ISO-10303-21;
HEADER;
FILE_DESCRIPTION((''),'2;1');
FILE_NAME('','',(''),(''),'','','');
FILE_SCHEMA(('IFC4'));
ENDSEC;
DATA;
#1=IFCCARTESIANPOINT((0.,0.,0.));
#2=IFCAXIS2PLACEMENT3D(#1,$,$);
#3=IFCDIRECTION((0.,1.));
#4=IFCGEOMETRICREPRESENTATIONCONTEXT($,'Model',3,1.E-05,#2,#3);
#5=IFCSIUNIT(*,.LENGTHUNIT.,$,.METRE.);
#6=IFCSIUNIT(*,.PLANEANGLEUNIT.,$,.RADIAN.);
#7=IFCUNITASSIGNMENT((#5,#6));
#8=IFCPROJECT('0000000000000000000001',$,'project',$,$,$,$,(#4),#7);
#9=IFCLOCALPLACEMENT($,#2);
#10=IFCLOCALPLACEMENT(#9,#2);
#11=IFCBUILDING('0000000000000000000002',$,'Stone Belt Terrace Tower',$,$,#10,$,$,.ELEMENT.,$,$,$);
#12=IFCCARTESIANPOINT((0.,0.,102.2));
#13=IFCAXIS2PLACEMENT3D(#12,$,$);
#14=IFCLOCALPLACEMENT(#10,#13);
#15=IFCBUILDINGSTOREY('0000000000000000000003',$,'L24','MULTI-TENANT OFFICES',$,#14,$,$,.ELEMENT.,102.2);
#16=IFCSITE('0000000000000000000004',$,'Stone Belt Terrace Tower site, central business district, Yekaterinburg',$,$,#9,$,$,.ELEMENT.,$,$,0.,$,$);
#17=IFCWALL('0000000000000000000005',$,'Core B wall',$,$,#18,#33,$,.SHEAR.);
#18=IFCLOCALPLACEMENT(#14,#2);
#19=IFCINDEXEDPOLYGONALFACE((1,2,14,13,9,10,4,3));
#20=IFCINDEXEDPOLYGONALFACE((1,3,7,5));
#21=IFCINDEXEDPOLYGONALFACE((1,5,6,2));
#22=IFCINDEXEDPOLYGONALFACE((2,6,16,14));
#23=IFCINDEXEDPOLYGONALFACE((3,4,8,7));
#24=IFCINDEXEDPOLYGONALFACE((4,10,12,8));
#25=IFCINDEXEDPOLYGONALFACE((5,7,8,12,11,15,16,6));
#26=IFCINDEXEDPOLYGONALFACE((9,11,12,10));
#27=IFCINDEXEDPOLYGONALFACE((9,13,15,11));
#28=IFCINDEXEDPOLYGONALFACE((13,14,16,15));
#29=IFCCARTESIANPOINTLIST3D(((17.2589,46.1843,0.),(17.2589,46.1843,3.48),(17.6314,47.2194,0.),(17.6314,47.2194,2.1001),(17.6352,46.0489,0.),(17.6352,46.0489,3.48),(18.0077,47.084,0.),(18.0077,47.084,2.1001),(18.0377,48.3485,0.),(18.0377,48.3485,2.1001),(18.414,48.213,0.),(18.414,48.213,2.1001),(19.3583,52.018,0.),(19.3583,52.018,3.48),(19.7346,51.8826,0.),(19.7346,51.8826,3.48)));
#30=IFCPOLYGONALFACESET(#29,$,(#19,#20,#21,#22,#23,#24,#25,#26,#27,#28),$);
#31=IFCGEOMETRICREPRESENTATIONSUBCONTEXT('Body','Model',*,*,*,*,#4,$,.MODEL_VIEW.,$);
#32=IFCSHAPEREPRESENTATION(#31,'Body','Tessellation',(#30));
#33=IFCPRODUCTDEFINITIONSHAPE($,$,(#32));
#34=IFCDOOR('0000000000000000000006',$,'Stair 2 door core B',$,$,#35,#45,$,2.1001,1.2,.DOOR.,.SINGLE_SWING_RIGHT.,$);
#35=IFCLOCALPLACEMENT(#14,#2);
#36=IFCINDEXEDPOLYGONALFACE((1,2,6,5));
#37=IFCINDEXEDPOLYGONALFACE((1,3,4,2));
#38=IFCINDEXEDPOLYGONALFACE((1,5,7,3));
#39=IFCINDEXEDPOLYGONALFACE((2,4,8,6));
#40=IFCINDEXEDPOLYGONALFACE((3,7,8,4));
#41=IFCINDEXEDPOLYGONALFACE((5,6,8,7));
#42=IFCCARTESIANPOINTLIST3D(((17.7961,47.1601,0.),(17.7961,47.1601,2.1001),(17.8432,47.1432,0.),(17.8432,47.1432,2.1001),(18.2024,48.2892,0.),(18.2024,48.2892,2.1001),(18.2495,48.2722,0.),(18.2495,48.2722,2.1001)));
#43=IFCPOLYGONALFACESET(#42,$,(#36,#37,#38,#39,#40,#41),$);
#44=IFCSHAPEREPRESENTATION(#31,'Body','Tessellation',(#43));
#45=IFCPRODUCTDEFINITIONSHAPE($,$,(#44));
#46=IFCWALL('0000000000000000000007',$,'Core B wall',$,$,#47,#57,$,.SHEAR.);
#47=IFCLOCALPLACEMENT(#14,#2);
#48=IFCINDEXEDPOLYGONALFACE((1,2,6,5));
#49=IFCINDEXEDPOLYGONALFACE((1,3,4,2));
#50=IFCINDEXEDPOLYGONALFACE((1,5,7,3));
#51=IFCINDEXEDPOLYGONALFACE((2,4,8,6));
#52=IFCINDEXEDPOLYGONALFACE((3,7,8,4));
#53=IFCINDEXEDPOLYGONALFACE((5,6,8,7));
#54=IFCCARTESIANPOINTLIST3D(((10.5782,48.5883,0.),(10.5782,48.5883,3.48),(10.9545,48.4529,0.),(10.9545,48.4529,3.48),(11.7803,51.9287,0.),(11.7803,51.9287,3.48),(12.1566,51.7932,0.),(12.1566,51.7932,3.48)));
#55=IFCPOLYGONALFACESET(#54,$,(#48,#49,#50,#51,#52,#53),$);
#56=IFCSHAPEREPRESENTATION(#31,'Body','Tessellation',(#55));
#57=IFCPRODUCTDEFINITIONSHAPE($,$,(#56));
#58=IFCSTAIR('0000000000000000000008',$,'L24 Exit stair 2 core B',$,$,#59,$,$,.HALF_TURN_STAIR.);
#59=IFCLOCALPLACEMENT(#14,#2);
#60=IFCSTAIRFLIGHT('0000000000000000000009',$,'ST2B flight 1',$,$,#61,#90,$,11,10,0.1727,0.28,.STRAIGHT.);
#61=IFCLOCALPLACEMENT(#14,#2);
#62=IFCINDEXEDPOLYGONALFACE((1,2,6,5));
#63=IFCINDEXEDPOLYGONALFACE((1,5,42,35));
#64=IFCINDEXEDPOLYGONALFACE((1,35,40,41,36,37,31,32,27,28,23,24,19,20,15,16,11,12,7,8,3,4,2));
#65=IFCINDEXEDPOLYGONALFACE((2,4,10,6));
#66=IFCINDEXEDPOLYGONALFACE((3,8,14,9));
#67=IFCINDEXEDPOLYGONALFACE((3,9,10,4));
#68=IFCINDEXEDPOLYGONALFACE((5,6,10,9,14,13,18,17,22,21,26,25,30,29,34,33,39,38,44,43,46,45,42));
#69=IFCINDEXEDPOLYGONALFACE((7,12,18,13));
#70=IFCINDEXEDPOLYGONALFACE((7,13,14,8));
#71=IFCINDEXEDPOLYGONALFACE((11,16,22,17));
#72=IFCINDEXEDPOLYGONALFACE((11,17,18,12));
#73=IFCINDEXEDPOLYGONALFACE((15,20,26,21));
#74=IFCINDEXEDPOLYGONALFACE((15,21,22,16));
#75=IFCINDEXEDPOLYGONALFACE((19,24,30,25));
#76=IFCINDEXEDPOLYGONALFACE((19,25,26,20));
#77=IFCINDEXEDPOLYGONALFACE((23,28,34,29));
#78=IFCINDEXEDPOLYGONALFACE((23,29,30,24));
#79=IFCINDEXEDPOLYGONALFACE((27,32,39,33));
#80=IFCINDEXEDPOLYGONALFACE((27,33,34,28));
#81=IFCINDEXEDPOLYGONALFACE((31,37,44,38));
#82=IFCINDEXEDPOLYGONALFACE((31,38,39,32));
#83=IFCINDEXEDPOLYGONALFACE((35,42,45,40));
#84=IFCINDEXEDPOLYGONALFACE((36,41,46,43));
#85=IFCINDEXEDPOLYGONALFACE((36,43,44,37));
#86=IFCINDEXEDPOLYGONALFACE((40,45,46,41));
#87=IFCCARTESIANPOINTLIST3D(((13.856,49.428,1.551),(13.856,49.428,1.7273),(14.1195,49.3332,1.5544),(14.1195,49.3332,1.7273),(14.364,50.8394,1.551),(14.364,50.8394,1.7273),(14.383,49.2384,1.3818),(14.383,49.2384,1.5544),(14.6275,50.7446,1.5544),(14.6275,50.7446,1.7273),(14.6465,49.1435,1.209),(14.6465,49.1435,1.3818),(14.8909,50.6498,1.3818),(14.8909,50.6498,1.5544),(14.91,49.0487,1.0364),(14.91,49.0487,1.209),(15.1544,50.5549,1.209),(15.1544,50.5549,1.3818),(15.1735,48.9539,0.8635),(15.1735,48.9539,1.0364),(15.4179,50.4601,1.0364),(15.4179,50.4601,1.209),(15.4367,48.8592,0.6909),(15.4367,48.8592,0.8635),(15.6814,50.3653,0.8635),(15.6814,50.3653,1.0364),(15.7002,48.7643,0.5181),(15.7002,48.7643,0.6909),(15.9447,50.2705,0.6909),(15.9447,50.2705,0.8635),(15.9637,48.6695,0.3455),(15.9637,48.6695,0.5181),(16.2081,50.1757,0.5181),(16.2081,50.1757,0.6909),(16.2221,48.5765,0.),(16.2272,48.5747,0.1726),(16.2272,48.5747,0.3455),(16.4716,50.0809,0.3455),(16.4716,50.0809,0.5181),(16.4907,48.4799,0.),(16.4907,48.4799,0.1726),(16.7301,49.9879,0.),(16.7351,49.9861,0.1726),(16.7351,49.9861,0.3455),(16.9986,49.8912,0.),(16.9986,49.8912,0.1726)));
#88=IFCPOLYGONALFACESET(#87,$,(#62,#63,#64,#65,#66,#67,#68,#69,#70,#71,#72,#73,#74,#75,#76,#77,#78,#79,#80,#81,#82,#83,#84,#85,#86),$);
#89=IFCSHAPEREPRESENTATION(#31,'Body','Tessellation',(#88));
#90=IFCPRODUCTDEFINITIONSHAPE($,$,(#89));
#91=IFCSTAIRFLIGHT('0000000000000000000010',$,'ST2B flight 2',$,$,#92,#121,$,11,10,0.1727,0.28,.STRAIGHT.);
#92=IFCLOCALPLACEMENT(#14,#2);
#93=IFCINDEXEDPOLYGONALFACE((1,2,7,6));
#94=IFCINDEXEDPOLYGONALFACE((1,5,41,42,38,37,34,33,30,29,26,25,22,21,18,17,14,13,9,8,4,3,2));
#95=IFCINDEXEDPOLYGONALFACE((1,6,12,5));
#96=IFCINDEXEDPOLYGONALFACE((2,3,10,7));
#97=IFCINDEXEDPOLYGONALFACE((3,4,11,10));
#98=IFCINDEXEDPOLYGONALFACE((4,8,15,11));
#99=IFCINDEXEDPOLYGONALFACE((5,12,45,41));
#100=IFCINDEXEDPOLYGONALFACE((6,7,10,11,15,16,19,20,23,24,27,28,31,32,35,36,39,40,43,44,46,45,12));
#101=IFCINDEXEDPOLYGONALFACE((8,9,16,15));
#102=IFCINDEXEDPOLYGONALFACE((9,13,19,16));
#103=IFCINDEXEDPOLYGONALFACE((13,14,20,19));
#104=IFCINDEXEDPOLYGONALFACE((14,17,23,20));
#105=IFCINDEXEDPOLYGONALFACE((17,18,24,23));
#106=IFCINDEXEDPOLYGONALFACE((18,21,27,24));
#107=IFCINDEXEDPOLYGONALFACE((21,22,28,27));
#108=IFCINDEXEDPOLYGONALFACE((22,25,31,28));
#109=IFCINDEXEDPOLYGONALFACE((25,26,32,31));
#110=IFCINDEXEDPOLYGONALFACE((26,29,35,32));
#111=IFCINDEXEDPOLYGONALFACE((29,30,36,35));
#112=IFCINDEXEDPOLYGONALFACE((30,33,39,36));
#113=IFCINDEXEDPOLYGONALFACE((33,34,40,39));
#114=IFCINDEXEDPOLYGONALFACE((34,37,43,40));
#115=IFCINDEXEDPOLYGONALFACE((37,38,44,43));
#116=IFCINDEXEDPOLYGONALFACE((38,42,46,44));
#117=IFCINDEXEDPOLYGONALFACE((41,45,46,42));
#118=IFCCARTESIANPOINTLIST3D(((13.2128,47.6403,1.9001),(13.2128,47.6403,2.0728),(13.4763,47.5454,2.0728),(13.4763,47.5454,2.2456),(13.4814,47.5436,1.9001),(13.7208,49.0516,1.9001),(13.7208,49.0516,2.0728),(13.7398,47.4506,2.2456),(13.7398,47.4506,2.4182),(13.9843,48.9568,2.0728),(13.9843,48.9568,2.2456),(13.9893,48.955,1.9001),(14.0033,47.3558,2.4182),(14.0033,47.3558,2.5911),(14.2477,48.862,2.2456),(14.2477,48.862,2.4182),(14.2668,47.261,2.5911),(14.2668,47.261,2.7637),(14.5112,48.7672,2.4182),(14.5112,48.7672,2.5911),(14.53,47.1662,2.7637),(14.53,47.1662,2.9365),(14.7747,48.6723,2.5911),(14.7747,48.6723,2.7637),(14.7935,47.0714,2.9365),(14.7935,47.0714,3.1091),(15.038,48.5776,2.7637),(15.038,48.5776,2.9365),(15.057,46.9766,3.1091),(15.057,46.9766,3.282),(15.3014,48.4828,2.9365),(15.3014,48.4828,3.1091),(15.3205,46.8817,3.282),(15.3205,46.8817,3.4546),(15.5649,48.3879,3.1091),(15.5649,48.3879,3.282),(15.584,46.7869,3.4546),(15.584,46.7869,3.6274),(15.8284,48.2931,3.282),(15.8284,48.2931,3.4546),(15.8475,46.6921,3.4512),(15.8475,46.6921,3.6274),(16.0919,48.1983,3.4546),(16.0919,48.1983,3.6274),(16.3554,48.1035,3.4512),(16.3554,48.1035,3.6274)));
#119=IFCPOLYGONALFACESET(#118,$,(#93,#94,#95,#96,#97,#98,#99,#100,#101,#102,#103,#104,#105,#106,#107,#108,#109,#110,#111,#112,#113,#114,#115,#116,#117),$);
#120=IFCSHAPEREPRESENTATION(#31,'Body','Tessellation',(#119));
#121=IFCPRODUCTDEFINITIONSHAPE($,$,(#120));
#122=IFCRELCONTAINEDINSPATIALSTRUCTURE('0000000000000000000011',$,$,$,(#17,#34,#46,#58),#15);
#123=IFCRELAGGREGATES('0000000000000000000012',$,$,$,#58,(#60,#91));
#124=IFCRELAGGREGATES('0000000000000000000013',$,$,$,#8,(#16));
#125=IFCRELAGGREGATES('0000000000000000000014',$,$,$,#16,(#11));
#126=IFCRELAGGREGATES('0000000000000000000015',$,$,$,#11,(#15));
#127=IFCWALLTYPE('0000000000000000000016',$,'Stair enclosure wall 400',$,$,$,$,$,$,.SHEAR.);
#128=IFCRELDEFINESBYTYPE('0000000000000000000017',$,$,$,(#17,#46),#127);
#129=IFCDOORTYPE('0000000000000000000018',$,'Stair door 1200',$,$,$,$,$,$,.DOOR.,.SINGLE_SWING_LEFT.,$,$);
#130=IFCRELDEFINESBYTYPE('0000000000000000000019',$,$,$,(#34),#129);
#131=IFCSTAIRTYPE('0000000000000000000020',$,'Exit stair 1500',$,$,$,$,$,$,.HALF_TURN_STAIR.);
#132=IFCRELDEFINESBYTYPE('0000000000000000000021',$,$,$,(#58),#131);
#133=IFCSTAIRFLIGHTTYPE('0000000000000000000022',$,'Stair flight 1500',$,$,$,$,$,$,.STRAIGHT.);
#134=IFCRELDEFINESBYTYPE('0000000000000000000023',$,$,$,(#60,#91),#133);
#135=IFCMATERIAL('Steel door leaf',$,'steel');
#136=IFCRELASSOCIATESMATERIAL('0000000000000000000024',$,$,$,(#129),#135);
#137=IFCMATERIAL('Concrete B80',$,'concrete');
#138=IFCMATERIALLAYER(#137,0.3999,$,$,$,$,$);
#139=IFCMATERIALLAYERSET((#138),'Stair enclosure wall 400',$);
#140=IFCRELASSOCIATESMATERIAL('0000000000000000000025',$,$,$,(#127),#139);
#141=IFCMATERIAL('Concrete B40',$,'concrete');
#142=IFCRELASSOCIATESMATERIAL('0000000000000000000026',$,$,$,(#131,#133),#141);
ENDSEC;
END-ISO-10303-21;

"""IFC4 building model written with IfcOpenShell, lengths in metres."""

from ifc_helpers import new_model, si_unit, direction, frame, frame_2d, origin, place, context, subcontext, project, spatial, polyline, rectangle, outline, extrude, material, layer, layer_set, type_object, element, fill, aggregate, save


model = new_model("IFC4")

# Units and contexts
model_context = context("Model", 3, precision=1e-05, world=origin(), true_north=direction((0.0, 1.0)))
body_context = subcontext(model_context, "Body", "Model", "MODEL_VIEW")
ifc_project = project(units=[si_unit("LENGTHUNIT", "METRE"), si_unit("PLANEANGLEUNIT", "RADIAN")], contexts=[model_context])

# Site, building, storey
site_placement = place(None, origin())
site = spatial("IfcSite", under=ifc_project, at=site_placement, Name="Stone Belt Terrace Tower site, central business district, Yekaterinburg", CompositionType="ELEMENT", RefElevation=0.0)
building_placement = place(site_placement, origin())
building = spatial("IfcBuilding", under=site, at=building_placement, Name="Stone Belt Terrace Tower", CompositionType="ELEMENT")
storey_placement = place(building_placement, frame((0.0, 0.0, 102.2)))
storey = spatial("IfcBuildingStorey", under=building, at=storey_placement, Name="L24", Description="MULTI-TENANT OFFICES", CompositionType="ELEMENT", Elevation=102.2)

# Shared definitions
ifc_material_1 = material(Name="Concrete B80", Category="concrete")

# Shared definitions
ifc_material_2 = material(Name="Steel door leaf", Category="steel")
door_type_1 = type_object("IfcDoorType", Name="Stair door 1200", OperationType="SINGLE_SWING_LEFT", PredefinedType="DOOR", material=ifc_material_2)

# Wall, opening, door
ifc_layer_1 = layer(ifc_material_1, 0.3999)
ifc_layer_set_1 = layer_set([ifc_layer_1], Name="Stair enclosure wall 400")
wall_type_1 = type_object("IfcWallType", Name="Stair enclosure wall 400", PredefinedType="SHEAR", material=ifc_layer_set_1)
wall_1_placement = place(storey_placement, frame((17.447, 46.1165, 0.0), z_axis=(0.0, 0.0, 1.0), x_axis=(0.338608, 0.940928, 0.0)))
wall_1 = element("IfcWall", 1, at=wall_1_placement, inside=storey, type_object=wall_type_1, Name="Core B wall", PredefinedType="SHEAR", context=body_context, shape_type="SweptSolid", body=[
    extrude(rectangle(XDim=6.2, YDim=0.3999, at=frame_2d((3.1001, 0.0))), origin(), (0.0, 0.0, 1.0), 3.48),
])
opening_1_placement = place(wall_1_placement, frame((1.1001, 0.0, 0.0)))
opening_1 = element("IfcOpeningElement", 2, at=opening_1_placement, cuts=wall_1, PredefinedType="OPENING", context=body_context, shape_type="SweptSolid", body=[
    extrude(rectangle(XDim=1.2, YDim=2.1001, at=frame_2d((0.6001, 1.05))), frame((0.0, 0.21, 0.0), z_axis=(0.0, -1.0, 0.0), x_axis=(1.0, 0.0, 0.0)), (0.0, 0.0, 1.0), 0.4199),
])
door_1_placement = place(opening_1_placement, origin())
door_1 = element("IfcDoor", 3, at=door_1_placement, inside=storey, type_object=door_type_1, Name="Stair 2 door core B", OperationType="SINGLE_SWING_RIGHT", OverallHeight=2.1001, OverallWidth=1.2, PredefinedType="DOOR", context=body_context, shape_type="SweptSolid", body=[
    extrude(rectangle(XDim=1.2, YDim=2.1001, at=frame_2d((0.6001, 1.05))), frame((0.0, 0.0249, 0.0), z_axis=(0.0, -1.0, 0.0), x_axis=(1.0, 0.0, 0.0)), (0.0, 0.0, 1.0), 0.05),
])
fill(opening_1, door_1)

# Wall
wall_2_placement = place(storey_placement, frame((10.7664, 48.5208, 0.0), z_axis=(0.0, 0.0, 1.0), x_axis=(0.338627, 0.940921, 0.0)))
element("IfcWall", 4, at=wall_2_placement, inside=storey, type_object=wall_type_1, Name="Core B wall", PredefinedType="SHEAR", context=body_context, shape_type="SweptSolid", body=[
    extrude(rectangle(XDim=3.55, YDim=0.3999, at=frame_2d((1.7749, 0.0))), origin(), (0.0, 0.0, 1.0), 3.48),
])

# Stair, stair flights
ifc_material_3 = material(Name="Concrete B40", Category="concrete")
stair_type = type_object("IfcStairType", Name="Exit stair 1500", PredefinedType="HALF_TURN_STAIR", material=ifc_material_3)
stair_placement = place(storey_placement, origin())
stair = element("IfcStair", 5, at=stair_placement, inside=storey, type_object=stair_type, Name="L24 Exit stair 2 core B", PredefinedType="HALF_TURN_STAIR")
stair_flight_type = type_object("IfcStairFlightType", Name="Stair flight 1500", PredefinedType="STRAIGHT", material=ifc_material_3)
stair_flight_1_placement = place(storey_placement, frame((16.7446, 49.1855, 0.0), z_axis=(0.0, 0.0, 1.0), x_axis=(-0.940922, 0.338624, 0.0)))
stair_flight_1 = element("IfcStairFlight", 6, at=stair_flight_1_placement, type_object=stair_flight_type, Name="ST2B flight 1", NumberOfRisers=11, NumberOfTreads=10, PredefinedType="STRAIGHT", RiserHeight=0.1727, TreadLength=0.28, context=body_context, shape_type="SweptSolid", body=[
    extrude(outline(polyline([(0.0, 0.0), (0.0, 0.1726), (0.28, 0.1726), (0.28, 0.3455), (0.5601, 0.3455), (0.5601, 0.5181), (0.8401, 0.5181), (0.8401, 0.6909), (1.1201, 0.6909), (1.1201, 0.8635), (1.3999, 0.8635), (1.3999, 1.0364), (1.6799, 1.0364), (1.6799, 1.209), (1.96, 1.209), (1.96, 1.3818), (2.24, 1.3818), (2.24, 1.5544), (2.52, 1.5544), (2.52, 1.7273), (2.8, 1.7273), (2.8, 1.8999), (2.8, 1.551), (0.2854, 0.0), (0.0, 0.0)])), frame((0.0, 0.75, 0.0), z_axis=(0.0, -1.0, 0.0), x_axis=(1.0, 0.0, 0.0)), (0.0, 0.0, 1.0), 1.5),
])
stair_flight_2_placement = place(storey_placement, frame((13.4668, 48.3459, 1.9001), z_axis=(0.0, 0.0, 1.0), x_axis=(0.940922, -0.338624, 0.0)))
stair_flight_2 = element("IfcStairFlight", 7, at=stair_flight_2_placement, type_object=stair_flight_type, Name="ST2B flight 2", NumberOfRisers=11, NumberOfTreads=10, PredefinedType="STRAIGHT", RiserHeight=0.1727, TreadLength=0.28, context=body_context, shape_type="SweptSolid", body=[
    extrude(outline(polyline([(0.0, 0.0), (0.0, 0.1726), (0.28, 0.1726), (0.28, 0.3455), (0.5601, 0.3455), (0.5601, 0.5181), (0.8401, 0.5181), (0.8401, 0.6909), (1.1201, 0.6909), (1.1201, 0.8635), (1.3999, 0.8635), (1.3999, 1.0364), (1.6799, 1.0364), (1.6799, 1.209), (1.96, 1.209), (1.96, 1.3818), (2.24, 1.3818), (2.24, 1.5544), (2.52, 1.5544), (2.52, 1.7273), (2.8, 1.7273), (2.8, 1.8999), (2.8, 1.551), (0.2854, 0.0), (0.0, 0.0)])), frame((0.0, 0.75, 0.0), z_axis=(0.0, -1.0, 0.0), x_axis=(1.0, 0.0, 0.0)), (0.0, 0.0, 1.0), 1.5),
])
aggregate(stair, [stair_flight_1, stair_flight_2])

save(model, "model.ifc")
